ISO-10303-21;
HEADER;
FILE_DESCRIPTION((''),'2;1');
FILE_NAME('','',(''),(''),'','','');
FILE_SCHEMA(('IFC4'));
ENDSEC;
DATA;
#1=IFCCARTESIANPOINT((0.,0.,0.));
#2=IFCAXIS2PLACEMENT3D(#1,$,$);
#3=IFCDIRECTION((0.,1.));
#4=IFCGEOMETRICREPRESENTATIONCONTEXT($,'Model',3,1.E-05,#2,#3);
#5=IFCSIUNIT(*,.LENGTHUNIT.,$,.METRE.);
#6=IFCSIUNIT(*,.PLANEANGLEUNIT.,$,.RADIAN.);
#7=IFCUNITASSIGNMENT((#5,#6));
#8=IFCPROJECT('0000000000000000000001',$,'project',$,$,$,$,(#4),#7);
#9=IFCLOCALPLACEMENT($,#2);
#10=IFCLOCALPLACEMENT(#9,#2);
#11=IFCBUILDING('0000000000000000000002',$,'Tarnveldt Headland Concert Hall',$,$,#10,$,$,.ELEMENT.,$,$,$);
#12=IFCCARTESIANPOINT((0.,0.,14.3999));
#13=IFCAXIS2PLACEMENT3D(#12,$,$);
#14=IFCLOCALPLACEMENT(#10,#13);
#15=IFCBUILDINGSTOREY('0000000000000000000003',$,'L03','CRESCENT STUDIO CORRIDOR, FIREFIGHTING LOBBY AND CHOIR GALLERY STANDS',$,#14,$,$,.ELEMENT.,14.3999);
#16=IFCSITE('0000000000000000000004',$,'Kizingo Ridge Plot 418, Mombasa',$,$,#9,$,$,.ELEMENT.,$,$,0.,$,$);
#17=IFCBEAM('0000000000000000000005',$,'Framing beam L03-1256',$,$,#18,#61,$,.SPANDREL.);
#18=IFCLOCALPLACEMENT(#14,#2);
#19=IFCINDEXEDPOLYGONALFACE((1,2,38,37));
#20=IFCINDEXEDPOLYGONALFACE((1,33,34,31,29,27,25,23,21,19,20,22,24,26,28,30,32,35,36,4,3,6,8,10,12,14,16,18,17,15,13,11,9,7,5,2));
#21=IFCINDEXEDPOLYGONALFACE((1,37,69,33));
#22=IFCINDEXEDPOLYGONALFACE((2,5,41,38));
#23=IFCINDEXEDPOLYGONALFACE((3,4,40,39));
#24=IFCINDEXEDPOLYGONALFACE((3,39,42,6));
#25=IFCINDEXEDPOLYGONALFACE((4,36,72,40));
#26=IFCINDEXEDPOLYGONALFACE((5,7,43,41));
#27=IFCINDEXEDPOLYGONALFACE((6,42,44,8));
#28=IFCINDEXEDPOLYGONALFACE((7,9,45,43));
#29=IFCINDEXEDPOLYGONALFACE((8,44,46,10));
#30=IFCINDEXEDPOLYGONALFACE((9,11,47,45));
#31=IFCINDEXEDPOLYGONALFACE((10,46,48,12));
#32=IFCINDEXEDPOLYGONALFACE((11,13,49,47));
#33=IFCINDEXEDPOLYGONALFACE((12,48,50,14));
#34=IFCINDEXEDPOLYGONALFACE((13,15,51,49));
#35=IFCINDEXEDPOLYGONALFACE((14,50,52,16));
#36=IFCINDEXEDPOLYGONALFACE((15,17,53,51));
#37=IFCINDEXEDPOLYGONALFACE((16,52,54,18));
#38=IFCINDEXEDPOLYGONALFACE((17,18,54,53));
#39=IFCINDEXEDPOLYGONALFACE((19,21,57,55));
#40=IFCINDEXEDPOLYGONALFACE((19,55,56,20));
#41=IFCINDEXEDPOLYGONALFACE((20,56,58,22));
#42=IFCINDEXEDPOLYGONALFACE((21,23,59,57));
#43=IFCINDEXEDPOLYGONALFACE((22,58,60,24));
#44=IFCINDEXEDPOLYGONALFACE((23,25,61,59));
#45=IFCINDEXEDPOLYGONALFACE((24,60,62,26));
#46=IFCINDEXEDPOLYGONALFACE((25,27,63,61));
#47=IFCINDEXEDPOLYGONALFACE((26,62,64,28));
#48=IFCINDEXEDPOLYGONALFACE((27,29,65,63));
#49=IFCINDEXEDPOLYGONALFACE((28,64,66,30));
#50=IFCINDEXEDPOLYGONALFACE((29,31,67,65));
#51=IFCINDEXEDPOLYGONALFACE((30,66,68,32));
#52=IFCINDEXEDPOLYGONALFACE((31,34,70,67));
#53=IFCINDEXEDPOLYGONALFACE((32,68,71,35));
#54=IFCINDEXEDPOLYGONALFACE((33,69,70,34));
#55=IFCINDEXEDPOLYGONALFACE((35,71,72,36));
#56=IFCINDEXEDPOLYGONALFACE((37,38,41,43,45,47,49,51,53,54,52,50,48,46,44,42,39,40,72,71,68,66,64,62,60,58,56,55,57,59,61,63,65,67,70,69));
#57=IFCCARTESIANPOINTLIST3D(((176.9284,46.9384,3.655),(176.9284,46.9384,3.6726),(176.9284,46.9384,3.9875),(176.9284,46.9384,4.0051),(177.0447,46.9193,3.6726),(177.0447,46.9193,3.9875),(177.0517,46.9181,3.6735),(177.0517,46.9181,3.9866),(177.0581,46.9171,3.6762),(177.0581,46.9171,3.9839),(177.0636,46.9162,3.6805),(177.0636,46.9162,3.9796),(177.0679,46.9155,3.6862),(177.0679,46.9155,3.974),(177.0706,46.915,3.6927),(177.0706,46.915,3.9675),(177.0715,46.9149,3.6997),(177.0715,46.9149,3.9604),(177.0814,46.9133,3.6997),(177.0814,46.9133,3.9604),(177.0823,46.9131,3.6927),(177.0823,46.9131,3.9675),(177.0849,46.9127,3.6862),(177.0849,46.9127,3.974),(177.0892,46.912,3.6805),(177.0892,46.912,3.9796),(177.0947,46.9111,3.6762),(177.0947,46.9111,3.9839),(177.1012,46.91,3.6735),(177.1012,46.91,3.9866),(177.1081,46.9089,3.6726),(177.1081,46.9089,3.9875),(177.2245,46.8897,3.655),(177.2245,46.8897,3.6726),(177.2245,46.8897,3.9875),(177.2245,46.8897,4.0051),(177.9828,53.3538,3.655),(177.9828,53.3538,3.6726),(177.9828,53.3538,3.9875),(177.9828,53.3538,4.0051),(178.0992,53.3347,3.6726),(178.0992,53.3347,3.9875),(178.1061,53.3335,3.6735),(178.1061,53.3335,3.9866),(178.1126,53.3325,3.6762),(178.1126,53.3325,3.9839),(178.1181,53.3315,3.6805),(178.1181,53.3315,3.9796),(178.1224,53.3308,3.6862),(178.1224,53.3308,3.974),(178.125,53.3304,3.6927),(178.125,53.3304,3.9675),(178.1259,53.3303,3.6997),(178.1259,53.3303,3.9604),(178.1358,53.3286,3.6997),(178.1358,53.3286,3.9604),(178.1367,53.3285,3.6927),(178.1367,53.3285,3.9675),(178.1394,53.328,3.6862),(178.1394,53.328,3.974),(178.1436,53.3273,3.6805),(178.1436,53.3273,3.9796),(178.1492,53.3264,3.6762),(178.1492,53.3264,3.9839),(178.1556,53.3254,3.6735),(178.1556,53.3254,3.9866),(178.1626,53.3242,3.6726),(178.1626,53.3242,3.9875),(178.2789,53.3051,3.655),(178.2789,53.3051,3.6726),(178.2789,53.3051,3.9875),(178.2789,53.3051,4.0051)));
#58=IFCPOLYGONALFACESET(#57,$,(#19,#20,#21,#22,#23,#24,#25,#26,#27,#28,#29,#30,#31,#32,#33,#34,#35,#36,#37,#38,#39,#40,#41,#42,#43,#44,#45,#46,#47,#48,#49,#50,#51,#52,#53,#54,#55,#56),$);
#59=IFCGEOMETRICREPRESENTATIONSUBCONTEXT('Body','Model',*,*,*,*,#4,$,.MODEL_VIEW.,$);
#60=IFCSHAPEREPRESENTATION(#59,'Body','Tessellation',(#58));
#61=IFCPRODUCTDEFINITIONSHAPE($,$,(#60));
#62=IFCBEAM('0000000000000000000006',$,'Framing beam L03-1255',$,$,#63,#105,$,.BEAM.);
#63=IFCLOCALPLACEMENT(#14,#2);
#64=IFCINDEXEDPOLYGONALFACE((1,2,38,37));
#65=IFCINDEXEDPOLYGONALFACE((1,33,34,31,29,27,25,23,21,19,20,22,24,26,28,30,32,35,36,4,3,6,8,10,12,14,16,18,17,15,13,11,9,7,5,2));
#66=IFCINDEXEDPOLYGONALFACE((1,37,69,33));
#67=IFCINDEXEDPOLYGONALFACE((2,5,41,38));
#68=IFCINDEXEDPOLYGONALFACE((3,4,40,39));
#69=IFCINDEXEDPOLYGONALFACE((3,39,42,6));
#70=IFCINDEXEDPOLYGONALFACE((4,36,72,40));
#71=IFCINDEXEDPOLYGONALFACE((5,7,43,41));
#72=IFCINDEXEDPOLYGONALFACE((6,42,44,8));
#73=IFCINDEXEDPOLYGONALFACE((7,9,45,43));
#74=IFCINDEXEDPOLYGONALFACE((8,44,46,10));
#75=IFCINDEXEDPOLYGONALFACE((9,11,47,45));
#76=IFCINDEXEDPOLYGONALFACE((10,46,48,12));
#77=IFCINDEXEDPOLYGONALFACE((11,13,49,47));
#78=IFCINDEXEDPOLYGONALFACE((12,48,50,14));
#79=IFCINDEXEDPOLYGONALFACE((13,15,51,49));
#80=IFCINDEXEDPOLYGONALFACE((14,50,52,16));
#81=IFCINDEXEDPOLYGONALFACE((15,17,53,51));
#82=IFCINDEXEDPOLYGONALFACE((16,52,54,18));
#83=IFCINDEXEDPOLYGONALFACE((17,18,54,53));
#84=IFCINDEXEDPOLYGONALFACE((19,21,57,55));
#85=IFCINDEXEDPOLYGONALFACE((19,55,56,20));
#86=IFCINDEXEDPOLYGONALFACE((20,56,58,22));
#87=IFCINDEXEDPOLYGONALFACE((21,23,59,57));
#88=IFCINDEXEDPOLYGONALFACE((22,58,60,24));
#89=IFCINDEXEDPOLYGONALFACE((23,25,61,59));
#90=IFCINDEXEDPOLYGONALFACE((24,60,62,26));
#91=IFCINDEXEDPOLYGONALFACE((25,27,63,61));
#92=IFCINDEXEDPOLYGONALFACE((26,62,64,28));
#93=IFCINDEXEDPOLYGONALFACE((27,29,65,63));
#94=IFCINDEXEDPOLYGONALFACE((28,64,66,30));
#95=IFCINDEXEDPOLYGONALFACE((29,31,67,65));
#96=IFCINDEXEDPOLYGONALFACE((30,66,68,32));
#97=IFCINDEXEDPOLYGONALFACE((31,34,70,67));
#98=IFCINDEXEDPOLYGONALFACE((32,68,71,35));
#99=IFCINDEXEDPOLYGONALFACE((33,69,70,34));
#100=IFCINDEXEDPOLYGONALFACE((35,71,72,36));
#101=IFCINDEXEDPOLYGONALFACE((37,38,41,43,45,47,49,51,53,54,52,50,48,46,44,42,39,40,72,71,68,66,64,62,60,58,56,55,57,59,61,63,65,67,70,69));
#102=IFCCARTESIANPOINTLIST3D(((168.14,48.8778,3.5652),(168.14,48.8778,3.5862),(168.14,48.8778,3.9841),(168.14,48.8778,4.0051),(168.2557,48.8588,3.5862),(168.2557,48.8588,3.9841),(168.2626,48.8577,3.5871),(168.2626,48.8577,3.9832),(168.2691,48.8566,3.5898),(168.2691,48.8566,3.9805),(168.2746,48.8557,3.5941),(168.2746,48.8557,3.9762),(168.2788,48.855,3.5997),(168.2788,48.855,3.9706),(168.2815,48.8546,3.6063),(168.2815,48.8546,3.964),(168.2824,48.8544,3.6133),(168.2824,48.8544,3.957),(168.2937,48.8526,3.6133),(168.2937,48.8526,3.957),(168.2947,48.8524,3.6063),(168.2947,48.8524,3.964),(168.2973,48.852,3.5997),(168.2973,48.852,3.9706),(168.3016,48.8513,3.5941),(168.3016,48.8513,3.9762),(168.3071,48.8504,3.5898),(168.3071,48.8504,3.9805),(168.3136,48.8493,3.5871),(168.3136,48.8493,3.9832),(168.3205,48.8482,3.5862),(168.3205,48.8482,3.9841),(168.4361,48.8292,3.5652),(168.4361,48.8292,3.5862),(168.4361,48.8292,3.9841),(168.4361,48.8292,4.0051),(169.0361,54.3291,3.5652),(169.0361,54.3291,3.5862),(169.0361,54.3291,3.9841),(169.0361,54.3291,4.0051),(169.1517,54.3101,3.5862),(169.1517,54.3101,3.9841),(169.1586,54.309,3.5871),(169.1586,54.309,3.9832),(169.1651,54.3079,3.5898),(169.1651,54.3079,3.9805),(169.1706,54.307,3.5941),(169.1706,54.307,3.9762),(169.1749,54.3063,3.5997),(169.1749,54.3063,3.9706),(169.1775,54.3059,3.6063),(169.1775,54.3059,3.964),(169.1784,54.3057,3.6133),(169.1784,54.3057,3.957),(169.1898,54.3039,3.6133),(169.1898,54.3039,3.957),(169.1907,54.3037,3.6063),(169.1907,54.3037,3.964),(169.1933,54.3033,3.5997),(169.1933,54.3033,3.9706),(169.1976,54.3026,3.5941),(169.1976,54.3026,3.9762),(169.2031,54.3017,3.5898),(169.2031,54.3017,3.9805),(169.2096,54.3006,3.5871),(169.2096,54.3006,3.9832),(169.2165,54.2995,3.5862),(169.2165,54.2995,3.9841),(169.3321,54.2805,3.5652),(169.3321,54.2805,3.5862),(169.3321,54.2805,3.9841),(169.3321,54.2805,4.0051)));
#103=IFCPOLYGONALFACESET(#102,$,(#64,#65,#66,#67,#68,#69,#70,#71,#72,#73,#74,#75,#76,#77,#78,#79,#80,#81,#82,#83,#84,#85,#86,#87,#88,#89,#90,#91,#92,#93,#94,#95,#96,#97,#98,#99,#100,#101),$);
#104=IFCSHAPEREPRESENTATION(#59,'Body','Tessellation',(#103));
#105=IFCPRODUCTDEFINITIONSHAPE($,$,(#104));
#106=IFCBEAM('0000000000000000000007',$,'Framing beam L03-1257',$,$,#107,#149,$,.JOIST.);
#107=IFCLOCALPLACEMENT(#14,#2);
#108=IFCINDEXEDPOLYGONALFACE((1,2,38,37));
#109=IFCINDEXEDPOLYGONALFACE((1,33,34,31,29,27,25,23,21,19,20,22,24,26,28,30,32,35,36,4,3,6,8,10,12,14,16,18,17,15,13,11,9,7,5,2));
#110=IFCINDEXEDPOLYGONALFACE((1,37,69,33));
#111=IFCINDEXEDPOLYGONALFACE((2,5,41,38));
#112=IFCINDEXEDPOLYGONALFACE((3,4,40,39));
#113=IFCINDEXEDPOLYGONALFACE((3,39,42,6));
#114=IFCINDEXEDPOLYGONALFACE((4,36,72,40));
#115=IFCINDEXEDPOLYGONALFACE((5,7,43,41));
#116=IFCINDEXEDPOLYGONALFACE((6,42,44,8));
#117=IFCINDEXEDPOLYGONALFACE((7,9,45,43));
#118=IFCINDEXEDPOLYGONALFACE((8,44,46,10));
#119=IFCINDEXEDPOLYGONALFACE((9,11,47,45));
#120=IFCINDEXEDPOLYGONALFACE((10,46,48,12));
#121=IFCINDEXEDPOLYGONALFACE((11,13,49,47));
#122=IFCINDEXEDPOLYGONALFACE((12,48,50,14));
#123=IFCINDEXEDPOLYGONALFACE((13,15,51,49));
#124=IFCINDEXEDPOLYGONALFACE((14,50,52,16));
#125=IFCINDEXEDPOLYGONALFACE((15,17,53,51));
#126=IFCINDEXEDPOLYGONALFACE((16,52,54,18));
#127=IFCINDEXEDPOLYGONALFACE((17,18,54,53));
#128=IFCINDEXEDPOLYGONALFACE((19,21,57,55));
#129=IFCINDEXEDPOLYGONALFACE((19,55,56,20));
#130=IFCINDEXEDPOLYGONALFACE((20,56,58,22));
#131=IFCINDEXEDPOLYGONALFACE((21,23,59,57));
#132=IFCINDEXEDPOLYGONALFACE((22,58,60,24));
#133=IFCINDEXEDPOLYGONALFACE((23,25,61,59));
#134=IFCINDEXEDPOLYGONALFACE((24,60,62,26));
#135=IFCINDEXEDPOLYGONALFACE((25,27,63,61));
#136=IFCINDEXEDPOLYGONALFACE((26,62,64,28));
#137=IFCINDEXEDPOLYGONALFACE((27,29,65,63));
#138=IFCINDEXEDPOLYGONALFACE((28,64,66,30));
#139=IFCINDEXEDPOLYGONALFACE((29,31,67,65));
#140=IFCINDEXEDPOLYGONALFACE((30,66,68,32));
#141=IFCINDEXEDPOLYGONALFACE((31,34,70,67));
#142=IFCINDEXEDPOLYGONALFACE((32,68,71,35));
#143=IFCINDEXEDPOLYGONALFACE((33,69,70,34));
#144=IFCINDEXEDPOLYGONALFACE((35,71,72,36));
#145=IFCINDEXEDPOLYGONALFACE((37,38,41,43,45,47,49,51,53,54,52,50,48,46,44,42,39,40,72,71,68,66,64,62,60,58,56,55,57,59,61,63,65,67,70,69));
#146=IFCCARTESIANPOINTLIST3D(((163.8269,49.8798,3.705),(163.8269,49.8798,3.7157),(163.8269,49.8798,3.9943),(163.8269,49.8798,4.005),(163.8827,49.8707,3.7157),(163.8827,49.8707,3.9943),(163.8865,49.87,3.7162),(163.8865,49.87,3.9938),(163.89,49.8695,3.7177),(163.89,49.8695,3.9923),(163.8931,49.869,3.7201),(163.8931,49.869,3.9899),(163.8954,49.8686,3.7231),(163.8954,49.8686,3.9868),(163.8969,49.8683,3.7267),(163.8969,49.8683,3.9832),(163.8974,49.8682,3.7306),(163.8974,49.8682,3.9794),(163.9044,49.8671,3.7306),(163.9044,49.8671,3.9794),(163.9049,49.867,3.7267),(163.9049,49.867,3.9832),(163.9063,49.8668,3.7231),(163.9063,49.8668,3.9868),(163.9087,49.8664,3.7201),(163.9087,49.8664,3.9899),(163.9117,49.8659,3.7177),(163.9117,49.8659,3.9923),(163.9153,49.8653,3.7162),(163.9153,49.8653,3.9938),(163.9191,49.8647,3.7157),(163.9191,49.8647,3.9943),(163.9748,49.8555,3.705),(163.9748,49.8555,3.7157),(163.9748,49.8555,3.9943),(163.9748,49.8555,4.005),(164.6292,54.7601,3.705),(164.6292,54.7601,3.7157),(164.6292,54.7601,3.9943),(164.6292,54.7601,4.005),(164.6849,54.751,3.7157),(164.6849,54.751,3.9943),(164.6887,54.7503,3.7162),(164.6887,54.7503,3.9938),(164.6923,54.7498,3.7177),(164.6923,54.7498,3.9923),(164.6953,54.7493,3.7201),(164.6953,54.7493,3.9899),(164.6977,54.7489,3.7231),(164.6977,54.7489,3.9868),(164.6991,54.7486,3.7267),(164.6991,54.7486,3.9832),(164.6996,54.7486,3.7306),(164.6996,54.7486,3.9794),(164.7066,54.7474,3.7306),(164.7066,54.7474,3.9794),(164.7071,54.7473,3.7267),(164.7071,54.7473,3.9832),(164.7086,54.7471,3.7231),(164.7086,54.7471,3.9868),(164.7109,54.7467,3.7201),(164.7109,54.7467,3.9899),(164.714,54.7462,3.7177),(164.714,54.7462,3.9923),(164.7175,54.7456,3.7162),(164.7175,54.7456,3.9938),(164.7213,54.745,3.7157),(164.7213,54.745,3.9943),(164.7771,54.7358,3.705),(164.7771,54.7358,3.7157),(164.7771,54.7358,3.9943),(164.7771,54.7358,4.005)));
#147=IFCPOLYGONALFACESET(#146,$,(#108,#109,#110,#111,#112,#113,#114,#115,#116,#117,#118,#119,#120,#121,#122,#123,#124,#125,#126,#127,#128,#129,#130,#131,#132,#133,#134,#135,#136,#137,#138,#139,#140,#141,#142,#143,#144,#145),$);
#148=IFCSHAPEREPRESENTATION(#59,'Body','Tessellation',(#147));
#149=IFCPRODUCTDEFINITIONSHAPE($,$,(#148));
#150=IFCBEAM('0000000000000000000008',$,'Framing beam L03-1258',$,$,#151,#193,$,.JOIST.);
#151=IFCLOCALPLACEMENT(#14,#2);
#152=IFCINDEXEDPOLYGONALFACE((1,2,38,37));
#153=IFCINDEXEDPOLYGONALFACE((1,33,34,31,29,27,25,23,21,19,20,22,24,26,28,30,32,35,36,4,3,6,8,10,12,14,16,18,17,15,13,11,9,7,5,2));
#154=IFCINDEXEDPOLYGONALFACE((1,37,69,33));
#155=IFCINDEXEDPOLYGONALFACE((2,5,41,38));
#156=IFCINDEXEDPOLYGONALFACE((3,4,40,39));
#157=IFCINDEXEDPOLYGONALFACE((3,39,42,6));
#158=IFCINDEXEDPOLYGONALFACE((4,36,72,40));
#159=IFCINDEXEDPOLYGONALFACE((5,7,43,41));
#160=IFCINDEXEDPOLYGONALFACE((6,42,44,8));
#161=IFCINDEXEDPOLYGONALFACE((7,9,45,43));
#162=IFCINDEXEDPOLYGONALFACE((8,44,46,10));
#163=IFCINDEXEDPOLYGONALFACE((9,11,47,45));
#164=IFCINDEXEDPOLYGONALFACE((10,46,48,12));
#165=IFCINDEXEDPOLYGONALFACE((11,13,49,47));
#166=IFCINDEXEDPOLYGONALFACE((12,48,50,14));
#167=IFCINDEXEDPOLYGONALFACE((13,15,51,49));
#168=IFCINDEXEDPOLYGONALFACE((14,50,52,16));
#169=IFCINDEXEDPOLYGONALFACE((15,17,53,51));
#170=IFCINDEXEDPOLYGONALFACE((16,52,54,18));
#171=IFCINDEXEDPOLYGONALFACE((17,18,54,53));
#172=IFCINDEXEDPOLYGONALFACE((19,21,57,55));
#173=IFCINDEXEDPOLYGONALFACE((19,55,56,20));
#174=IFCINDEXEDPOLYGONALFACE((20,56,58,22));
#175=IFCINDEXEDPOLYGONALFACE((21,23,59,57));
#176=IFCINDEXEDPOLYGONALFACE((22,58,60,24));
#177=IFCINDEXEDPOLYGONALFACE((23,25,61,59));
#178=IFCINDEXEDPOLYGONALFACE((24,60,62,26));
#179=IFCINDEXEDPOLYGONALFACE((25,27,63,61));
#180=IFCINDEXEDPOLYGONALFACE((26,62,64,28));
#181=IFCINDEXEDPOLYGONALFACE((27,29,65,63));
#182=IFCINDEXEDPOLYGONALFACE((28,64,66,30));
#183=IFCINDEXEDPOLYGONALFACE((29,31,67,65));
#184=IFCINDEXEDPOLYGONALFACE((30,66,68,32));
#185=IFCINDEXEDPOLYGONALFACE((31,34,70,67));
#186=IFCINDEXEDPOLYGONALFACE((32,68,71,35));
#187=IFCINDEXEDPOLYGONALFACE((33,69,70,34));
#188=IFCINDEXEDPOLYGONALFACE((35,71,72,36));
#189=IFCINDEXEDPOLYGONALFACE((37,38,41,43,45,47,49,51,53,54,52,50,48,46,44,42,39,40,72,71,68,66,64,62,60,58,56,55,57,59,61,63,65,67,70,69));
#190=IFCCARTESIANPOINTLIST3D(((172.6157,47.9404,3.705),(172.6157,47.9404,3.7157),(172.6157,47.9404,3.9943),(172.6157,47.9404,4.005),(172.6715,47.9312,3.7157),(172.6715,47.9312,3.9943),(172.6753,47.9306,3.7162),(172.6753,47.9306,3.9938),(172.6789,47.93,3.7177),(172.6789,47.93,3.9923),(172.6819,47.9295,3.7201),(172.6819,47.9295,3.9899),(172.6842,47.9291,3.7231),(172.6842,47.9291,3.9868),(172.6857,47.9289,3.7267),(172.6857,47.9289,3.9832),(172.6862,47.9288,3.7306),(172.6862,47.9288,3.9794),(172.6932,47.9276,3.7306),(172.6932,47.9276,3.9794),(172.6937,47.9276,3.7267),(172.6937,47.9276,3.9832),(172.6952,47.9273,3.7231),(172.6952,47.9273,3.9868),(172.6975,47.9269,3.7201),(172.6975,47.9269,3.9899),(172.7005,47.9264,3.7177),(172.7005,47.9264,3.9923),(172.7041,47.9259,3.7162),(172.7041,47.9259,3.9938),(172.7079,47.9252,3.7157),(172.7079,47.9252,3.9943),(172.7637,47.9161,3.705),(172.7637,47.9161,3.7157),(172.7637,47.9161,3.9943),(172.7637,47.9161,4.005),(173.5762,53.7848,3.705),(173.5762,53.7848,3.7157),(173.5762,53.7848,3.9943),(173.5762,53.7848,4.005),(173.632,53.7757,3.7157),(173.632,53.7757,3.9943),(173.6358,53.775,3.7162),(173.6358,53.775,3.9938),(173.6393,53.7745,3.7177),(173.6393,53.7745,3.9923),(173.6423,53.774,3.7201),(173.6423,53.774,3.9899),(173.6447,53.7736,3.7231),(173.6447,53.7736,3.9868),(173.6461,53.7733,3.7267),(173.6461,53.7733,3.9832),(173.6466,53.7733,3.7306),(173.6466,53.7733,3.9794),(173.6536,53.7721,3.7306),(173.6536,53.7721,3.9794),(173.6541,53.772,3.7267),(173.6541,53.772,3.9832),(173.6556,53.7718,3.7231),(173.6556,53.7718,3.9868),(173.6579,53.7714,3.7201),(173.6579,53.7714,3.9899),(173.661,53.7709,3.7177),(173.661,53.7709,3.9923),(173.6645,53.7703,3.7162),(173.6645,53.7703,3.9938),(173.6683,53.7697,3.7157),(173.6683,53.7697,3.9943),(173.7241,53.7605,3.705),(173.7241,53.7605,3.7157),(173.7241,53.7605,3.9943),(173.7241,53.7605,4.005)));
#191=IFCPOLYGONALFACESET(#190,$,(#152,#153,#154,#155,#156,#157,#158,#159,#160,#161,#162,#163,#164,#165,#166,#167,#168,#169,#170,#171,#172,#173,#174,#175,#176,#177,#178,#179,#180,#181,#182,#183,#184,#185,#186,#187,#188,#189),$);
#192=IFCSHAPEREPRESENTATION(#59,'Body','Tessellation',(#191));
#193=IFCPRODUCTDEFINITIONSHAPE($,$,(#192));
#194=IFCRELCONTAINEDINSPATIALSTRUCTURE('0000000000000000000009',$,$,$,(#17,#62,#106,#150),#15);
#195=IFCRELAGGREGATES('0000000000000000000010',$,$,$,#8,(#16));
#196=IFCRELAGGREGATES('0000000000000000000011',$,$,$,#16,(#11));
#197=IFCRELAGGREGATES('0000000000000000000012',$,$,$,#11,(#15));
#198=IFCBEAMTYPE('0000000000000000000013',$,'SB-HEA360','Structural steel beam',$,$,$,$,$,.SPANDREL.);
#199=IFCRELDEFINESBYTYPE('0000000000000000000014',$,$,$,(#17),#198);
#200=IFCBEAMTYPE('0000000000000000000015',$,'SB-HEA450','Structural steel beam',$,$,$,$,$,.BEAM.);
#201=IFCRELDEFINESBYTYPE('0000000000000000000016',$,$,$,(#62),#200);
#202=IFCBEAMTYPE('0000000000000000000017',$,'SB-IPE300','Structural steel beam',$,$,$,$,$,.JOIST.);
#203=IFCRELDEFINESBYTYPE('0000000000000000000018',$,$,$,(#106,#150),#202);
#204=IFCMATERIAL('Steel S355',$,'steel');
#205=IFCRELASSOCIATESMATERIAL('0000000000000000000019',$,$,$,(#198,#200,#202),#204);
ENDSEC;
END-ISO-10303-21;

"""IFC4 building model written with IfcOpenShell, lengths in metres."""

from ifc_helpers import new_model, si_unit, direction, frame, origin, origin_2d, place, context, subcontext, project, spatial, i_section, extrude, material, material_profile, profile_set, type_object, element, save


model = new_model("IFC4")

# Units and contexts
model_context = context("Model", 3, precision=1e-05, world=origin(), true_north=direction((0.0, 1.0)))
body_context = subcontext(model_context, "Body", "Model", "MODEL_VIEW")
ifc_project = project(units=[si_unit("LENGTHUNIT", "METRE"), si_unit("PLANEANGLEUNIT", "RADIAN")], contexts=[model_context])

# Site, building, storey
site_placement = place(None, origin())
site = spatial("IfcSite", under=ifc_project, at=site_placement, Name="Kizingo Ridge Plot 418, Mombasa", CompositionType="ELEMENT", RefElevation=0.0)
building_placement = place(site_placement, origin())
building = spatial("IfcBuilding", under=site, at=building_placement, Name="Tarnveldt Headland Concert Hall", CompositionType="ELEMENT")
storey_placement = place(building_placement, frame((0.0, 0.0, 14.3999)))
storey = spatial("IfcBuildingStorey", under=building, at=storey_placement, Name="L03", Description="CRESCENT STUDIO CORRIDOR, FIREFIGHTING LOBBY AND CHOIR GALLERY STANDS", CompositionType="ELEMENT", Elevation=14.3999)

# Shared definitions
ifc_material_1 = material(Name="Steel S355", Category="steel")

# Beams
ifc_material_profile_1 = material_profile(ifc_material_1, i_section(OverallWidth=0.3, OverallDepth=0.3501, WebThickness=0.01, FlangeThickness=0.0176, FilletRadius=0.0271, at=origin_2d()), Name="HEA360", Category="steel")
ifc_profile_set_1 = profile_set([ifc_material_profile_1], Name="Steel S355")
beam_type_1 = type_object("IfcBeamType", Name="SB-HEA360", Description="Structural steel beam", PredefinedType="SPANDREL", material=ifc_profile_set_1)
beam_1_placement = place(storey_placement, frame((177.0764, 46.9141, 3.8301), z_axis=(0.162188, 0.98676, 0.0), x_axis=(-0.98676, 0.162188, 0.0)))
element("IfcBeam", 1, at=beam_1_placement, inside=storey, type_object=beam_type_1, Name="Framing beam L03-1256", PredefinedType="SPANDREL", context=body_context, shape_type="SweptSolid", body=[
    extrude(i_section(OverallWidth=0.3, OverallDepth=0.3501, WebThickness=0.01, FlangeThickness=0.0176, FilletRadius=0.0271, at=origin_2d()), origin(), (0.0, 0.0, 1.0), 6.5015),
])
ifc_material_profile_2 = material_profile(ifc_material_1, i_section(OverallWidth=0.3, OverallDepth=0.4399, WebThickness=0.0115, FlangeThickness=0.021, FilletRadius=0.0271, at=origin_2d()), Name="HEA450", Category="steel")
ifc_profile_set_2 = profile_set([ifc_material_profile_2], Name="Steel S355")
beam_type_2 = type_object("IfcBeamType", Name="SB-HEA450", Description="Structural steel beam", PredefinedType="BEAM", material=ifc_profile_set_2)
beam_2_placement = place(storey_placement, frame((168.2881, 48.8535, 3.7852), z_axis=(0.162191, 0.986759, 0.0), x_axis=(-0.986759, 0.162191, 0.0)))
element("IfcBeam", 2, at=beam_2_placement, inside=storey, type_object=beam_type_2, Name="Framing beam L03-1255", PredefinedType="BEAM", context=body_context, shape_type="SweptSolid", body=[
    extrude(i_section(OverallWidth=0.3, OverallDepth=0.4399, WebThickness=0.0115, FlangeThickness=0.021, FilletRadius=0.0271, at=origin_2d()), origin(), (0.0, 0.0, 1.0), 5.5244),
])
ifc_material_profile_3 = material_profile(ifc_material_1, i_section(OverallWidth=0.1499, OverallDepth=0.3, WebThickness=0.0071, FlangeThickness=0.0107, FilletRadius=0.0149, at=origin_2d()), Name="IPE300", Category="steel")
ifc_profile_set_3 = profile_set([ifc_material_profile_3], Name="Steel S355")
beam_type_3 = type_object("IfcBeamType", Name="SB-IPE300", Description="Structural steel beam", PredefinedType="JOIST", material=ifc_profile_set_3)
beam_3_placement = place(storey_placement, frame((163.9009, 49.8677, 3.855), z_axis=(0.162205, 0.986757, 0.0), x_axis=(-0.986757, 0.162205, 0.0)))
element("IfcBeam", 3, at=beam_3_placement, inside=storey, type_object=beam_type_3, Name="Framing beam L03-1257", PredefinedType="JOIST", context=body_context, shape_type="SweptSolid", body=[
    extrude(i_section(OverallWidth=0.1499, OverallDepth=0.3, WebThickness=0.0071, FlangeThickness=0.0107, FilletRadius=0.0149, at=origin_2d()), origin(), (0.0, 0.0, 1.0), 4.9458),
])
beam_4_placement = place(storey_placement, frame((172.6897, 47.9282, 3.855), z_axis=(0.162159, 0.986765, 0.0), x_axis=(-0.986765, 0.162159, 0.0)))
element("IfcBeam", 4, at=beam_4_placement, inside=storey, type_object=beam_type_3, Name="Framing beam L03-1258", PredefinedType="JOIST", context=body_context, shape_type="SweptSolid", body=[
    extrude(i_section(OverallWidth=0.1499, OverallDepth=0.3, WebThickness=0.0071, FlangeThickness=0.0107, FilletRadius=0.0149, at=origin_2d()), origin(), (0.0, 0.0, 1.0), 5.9229),
])

save(model, "model.ifc")
